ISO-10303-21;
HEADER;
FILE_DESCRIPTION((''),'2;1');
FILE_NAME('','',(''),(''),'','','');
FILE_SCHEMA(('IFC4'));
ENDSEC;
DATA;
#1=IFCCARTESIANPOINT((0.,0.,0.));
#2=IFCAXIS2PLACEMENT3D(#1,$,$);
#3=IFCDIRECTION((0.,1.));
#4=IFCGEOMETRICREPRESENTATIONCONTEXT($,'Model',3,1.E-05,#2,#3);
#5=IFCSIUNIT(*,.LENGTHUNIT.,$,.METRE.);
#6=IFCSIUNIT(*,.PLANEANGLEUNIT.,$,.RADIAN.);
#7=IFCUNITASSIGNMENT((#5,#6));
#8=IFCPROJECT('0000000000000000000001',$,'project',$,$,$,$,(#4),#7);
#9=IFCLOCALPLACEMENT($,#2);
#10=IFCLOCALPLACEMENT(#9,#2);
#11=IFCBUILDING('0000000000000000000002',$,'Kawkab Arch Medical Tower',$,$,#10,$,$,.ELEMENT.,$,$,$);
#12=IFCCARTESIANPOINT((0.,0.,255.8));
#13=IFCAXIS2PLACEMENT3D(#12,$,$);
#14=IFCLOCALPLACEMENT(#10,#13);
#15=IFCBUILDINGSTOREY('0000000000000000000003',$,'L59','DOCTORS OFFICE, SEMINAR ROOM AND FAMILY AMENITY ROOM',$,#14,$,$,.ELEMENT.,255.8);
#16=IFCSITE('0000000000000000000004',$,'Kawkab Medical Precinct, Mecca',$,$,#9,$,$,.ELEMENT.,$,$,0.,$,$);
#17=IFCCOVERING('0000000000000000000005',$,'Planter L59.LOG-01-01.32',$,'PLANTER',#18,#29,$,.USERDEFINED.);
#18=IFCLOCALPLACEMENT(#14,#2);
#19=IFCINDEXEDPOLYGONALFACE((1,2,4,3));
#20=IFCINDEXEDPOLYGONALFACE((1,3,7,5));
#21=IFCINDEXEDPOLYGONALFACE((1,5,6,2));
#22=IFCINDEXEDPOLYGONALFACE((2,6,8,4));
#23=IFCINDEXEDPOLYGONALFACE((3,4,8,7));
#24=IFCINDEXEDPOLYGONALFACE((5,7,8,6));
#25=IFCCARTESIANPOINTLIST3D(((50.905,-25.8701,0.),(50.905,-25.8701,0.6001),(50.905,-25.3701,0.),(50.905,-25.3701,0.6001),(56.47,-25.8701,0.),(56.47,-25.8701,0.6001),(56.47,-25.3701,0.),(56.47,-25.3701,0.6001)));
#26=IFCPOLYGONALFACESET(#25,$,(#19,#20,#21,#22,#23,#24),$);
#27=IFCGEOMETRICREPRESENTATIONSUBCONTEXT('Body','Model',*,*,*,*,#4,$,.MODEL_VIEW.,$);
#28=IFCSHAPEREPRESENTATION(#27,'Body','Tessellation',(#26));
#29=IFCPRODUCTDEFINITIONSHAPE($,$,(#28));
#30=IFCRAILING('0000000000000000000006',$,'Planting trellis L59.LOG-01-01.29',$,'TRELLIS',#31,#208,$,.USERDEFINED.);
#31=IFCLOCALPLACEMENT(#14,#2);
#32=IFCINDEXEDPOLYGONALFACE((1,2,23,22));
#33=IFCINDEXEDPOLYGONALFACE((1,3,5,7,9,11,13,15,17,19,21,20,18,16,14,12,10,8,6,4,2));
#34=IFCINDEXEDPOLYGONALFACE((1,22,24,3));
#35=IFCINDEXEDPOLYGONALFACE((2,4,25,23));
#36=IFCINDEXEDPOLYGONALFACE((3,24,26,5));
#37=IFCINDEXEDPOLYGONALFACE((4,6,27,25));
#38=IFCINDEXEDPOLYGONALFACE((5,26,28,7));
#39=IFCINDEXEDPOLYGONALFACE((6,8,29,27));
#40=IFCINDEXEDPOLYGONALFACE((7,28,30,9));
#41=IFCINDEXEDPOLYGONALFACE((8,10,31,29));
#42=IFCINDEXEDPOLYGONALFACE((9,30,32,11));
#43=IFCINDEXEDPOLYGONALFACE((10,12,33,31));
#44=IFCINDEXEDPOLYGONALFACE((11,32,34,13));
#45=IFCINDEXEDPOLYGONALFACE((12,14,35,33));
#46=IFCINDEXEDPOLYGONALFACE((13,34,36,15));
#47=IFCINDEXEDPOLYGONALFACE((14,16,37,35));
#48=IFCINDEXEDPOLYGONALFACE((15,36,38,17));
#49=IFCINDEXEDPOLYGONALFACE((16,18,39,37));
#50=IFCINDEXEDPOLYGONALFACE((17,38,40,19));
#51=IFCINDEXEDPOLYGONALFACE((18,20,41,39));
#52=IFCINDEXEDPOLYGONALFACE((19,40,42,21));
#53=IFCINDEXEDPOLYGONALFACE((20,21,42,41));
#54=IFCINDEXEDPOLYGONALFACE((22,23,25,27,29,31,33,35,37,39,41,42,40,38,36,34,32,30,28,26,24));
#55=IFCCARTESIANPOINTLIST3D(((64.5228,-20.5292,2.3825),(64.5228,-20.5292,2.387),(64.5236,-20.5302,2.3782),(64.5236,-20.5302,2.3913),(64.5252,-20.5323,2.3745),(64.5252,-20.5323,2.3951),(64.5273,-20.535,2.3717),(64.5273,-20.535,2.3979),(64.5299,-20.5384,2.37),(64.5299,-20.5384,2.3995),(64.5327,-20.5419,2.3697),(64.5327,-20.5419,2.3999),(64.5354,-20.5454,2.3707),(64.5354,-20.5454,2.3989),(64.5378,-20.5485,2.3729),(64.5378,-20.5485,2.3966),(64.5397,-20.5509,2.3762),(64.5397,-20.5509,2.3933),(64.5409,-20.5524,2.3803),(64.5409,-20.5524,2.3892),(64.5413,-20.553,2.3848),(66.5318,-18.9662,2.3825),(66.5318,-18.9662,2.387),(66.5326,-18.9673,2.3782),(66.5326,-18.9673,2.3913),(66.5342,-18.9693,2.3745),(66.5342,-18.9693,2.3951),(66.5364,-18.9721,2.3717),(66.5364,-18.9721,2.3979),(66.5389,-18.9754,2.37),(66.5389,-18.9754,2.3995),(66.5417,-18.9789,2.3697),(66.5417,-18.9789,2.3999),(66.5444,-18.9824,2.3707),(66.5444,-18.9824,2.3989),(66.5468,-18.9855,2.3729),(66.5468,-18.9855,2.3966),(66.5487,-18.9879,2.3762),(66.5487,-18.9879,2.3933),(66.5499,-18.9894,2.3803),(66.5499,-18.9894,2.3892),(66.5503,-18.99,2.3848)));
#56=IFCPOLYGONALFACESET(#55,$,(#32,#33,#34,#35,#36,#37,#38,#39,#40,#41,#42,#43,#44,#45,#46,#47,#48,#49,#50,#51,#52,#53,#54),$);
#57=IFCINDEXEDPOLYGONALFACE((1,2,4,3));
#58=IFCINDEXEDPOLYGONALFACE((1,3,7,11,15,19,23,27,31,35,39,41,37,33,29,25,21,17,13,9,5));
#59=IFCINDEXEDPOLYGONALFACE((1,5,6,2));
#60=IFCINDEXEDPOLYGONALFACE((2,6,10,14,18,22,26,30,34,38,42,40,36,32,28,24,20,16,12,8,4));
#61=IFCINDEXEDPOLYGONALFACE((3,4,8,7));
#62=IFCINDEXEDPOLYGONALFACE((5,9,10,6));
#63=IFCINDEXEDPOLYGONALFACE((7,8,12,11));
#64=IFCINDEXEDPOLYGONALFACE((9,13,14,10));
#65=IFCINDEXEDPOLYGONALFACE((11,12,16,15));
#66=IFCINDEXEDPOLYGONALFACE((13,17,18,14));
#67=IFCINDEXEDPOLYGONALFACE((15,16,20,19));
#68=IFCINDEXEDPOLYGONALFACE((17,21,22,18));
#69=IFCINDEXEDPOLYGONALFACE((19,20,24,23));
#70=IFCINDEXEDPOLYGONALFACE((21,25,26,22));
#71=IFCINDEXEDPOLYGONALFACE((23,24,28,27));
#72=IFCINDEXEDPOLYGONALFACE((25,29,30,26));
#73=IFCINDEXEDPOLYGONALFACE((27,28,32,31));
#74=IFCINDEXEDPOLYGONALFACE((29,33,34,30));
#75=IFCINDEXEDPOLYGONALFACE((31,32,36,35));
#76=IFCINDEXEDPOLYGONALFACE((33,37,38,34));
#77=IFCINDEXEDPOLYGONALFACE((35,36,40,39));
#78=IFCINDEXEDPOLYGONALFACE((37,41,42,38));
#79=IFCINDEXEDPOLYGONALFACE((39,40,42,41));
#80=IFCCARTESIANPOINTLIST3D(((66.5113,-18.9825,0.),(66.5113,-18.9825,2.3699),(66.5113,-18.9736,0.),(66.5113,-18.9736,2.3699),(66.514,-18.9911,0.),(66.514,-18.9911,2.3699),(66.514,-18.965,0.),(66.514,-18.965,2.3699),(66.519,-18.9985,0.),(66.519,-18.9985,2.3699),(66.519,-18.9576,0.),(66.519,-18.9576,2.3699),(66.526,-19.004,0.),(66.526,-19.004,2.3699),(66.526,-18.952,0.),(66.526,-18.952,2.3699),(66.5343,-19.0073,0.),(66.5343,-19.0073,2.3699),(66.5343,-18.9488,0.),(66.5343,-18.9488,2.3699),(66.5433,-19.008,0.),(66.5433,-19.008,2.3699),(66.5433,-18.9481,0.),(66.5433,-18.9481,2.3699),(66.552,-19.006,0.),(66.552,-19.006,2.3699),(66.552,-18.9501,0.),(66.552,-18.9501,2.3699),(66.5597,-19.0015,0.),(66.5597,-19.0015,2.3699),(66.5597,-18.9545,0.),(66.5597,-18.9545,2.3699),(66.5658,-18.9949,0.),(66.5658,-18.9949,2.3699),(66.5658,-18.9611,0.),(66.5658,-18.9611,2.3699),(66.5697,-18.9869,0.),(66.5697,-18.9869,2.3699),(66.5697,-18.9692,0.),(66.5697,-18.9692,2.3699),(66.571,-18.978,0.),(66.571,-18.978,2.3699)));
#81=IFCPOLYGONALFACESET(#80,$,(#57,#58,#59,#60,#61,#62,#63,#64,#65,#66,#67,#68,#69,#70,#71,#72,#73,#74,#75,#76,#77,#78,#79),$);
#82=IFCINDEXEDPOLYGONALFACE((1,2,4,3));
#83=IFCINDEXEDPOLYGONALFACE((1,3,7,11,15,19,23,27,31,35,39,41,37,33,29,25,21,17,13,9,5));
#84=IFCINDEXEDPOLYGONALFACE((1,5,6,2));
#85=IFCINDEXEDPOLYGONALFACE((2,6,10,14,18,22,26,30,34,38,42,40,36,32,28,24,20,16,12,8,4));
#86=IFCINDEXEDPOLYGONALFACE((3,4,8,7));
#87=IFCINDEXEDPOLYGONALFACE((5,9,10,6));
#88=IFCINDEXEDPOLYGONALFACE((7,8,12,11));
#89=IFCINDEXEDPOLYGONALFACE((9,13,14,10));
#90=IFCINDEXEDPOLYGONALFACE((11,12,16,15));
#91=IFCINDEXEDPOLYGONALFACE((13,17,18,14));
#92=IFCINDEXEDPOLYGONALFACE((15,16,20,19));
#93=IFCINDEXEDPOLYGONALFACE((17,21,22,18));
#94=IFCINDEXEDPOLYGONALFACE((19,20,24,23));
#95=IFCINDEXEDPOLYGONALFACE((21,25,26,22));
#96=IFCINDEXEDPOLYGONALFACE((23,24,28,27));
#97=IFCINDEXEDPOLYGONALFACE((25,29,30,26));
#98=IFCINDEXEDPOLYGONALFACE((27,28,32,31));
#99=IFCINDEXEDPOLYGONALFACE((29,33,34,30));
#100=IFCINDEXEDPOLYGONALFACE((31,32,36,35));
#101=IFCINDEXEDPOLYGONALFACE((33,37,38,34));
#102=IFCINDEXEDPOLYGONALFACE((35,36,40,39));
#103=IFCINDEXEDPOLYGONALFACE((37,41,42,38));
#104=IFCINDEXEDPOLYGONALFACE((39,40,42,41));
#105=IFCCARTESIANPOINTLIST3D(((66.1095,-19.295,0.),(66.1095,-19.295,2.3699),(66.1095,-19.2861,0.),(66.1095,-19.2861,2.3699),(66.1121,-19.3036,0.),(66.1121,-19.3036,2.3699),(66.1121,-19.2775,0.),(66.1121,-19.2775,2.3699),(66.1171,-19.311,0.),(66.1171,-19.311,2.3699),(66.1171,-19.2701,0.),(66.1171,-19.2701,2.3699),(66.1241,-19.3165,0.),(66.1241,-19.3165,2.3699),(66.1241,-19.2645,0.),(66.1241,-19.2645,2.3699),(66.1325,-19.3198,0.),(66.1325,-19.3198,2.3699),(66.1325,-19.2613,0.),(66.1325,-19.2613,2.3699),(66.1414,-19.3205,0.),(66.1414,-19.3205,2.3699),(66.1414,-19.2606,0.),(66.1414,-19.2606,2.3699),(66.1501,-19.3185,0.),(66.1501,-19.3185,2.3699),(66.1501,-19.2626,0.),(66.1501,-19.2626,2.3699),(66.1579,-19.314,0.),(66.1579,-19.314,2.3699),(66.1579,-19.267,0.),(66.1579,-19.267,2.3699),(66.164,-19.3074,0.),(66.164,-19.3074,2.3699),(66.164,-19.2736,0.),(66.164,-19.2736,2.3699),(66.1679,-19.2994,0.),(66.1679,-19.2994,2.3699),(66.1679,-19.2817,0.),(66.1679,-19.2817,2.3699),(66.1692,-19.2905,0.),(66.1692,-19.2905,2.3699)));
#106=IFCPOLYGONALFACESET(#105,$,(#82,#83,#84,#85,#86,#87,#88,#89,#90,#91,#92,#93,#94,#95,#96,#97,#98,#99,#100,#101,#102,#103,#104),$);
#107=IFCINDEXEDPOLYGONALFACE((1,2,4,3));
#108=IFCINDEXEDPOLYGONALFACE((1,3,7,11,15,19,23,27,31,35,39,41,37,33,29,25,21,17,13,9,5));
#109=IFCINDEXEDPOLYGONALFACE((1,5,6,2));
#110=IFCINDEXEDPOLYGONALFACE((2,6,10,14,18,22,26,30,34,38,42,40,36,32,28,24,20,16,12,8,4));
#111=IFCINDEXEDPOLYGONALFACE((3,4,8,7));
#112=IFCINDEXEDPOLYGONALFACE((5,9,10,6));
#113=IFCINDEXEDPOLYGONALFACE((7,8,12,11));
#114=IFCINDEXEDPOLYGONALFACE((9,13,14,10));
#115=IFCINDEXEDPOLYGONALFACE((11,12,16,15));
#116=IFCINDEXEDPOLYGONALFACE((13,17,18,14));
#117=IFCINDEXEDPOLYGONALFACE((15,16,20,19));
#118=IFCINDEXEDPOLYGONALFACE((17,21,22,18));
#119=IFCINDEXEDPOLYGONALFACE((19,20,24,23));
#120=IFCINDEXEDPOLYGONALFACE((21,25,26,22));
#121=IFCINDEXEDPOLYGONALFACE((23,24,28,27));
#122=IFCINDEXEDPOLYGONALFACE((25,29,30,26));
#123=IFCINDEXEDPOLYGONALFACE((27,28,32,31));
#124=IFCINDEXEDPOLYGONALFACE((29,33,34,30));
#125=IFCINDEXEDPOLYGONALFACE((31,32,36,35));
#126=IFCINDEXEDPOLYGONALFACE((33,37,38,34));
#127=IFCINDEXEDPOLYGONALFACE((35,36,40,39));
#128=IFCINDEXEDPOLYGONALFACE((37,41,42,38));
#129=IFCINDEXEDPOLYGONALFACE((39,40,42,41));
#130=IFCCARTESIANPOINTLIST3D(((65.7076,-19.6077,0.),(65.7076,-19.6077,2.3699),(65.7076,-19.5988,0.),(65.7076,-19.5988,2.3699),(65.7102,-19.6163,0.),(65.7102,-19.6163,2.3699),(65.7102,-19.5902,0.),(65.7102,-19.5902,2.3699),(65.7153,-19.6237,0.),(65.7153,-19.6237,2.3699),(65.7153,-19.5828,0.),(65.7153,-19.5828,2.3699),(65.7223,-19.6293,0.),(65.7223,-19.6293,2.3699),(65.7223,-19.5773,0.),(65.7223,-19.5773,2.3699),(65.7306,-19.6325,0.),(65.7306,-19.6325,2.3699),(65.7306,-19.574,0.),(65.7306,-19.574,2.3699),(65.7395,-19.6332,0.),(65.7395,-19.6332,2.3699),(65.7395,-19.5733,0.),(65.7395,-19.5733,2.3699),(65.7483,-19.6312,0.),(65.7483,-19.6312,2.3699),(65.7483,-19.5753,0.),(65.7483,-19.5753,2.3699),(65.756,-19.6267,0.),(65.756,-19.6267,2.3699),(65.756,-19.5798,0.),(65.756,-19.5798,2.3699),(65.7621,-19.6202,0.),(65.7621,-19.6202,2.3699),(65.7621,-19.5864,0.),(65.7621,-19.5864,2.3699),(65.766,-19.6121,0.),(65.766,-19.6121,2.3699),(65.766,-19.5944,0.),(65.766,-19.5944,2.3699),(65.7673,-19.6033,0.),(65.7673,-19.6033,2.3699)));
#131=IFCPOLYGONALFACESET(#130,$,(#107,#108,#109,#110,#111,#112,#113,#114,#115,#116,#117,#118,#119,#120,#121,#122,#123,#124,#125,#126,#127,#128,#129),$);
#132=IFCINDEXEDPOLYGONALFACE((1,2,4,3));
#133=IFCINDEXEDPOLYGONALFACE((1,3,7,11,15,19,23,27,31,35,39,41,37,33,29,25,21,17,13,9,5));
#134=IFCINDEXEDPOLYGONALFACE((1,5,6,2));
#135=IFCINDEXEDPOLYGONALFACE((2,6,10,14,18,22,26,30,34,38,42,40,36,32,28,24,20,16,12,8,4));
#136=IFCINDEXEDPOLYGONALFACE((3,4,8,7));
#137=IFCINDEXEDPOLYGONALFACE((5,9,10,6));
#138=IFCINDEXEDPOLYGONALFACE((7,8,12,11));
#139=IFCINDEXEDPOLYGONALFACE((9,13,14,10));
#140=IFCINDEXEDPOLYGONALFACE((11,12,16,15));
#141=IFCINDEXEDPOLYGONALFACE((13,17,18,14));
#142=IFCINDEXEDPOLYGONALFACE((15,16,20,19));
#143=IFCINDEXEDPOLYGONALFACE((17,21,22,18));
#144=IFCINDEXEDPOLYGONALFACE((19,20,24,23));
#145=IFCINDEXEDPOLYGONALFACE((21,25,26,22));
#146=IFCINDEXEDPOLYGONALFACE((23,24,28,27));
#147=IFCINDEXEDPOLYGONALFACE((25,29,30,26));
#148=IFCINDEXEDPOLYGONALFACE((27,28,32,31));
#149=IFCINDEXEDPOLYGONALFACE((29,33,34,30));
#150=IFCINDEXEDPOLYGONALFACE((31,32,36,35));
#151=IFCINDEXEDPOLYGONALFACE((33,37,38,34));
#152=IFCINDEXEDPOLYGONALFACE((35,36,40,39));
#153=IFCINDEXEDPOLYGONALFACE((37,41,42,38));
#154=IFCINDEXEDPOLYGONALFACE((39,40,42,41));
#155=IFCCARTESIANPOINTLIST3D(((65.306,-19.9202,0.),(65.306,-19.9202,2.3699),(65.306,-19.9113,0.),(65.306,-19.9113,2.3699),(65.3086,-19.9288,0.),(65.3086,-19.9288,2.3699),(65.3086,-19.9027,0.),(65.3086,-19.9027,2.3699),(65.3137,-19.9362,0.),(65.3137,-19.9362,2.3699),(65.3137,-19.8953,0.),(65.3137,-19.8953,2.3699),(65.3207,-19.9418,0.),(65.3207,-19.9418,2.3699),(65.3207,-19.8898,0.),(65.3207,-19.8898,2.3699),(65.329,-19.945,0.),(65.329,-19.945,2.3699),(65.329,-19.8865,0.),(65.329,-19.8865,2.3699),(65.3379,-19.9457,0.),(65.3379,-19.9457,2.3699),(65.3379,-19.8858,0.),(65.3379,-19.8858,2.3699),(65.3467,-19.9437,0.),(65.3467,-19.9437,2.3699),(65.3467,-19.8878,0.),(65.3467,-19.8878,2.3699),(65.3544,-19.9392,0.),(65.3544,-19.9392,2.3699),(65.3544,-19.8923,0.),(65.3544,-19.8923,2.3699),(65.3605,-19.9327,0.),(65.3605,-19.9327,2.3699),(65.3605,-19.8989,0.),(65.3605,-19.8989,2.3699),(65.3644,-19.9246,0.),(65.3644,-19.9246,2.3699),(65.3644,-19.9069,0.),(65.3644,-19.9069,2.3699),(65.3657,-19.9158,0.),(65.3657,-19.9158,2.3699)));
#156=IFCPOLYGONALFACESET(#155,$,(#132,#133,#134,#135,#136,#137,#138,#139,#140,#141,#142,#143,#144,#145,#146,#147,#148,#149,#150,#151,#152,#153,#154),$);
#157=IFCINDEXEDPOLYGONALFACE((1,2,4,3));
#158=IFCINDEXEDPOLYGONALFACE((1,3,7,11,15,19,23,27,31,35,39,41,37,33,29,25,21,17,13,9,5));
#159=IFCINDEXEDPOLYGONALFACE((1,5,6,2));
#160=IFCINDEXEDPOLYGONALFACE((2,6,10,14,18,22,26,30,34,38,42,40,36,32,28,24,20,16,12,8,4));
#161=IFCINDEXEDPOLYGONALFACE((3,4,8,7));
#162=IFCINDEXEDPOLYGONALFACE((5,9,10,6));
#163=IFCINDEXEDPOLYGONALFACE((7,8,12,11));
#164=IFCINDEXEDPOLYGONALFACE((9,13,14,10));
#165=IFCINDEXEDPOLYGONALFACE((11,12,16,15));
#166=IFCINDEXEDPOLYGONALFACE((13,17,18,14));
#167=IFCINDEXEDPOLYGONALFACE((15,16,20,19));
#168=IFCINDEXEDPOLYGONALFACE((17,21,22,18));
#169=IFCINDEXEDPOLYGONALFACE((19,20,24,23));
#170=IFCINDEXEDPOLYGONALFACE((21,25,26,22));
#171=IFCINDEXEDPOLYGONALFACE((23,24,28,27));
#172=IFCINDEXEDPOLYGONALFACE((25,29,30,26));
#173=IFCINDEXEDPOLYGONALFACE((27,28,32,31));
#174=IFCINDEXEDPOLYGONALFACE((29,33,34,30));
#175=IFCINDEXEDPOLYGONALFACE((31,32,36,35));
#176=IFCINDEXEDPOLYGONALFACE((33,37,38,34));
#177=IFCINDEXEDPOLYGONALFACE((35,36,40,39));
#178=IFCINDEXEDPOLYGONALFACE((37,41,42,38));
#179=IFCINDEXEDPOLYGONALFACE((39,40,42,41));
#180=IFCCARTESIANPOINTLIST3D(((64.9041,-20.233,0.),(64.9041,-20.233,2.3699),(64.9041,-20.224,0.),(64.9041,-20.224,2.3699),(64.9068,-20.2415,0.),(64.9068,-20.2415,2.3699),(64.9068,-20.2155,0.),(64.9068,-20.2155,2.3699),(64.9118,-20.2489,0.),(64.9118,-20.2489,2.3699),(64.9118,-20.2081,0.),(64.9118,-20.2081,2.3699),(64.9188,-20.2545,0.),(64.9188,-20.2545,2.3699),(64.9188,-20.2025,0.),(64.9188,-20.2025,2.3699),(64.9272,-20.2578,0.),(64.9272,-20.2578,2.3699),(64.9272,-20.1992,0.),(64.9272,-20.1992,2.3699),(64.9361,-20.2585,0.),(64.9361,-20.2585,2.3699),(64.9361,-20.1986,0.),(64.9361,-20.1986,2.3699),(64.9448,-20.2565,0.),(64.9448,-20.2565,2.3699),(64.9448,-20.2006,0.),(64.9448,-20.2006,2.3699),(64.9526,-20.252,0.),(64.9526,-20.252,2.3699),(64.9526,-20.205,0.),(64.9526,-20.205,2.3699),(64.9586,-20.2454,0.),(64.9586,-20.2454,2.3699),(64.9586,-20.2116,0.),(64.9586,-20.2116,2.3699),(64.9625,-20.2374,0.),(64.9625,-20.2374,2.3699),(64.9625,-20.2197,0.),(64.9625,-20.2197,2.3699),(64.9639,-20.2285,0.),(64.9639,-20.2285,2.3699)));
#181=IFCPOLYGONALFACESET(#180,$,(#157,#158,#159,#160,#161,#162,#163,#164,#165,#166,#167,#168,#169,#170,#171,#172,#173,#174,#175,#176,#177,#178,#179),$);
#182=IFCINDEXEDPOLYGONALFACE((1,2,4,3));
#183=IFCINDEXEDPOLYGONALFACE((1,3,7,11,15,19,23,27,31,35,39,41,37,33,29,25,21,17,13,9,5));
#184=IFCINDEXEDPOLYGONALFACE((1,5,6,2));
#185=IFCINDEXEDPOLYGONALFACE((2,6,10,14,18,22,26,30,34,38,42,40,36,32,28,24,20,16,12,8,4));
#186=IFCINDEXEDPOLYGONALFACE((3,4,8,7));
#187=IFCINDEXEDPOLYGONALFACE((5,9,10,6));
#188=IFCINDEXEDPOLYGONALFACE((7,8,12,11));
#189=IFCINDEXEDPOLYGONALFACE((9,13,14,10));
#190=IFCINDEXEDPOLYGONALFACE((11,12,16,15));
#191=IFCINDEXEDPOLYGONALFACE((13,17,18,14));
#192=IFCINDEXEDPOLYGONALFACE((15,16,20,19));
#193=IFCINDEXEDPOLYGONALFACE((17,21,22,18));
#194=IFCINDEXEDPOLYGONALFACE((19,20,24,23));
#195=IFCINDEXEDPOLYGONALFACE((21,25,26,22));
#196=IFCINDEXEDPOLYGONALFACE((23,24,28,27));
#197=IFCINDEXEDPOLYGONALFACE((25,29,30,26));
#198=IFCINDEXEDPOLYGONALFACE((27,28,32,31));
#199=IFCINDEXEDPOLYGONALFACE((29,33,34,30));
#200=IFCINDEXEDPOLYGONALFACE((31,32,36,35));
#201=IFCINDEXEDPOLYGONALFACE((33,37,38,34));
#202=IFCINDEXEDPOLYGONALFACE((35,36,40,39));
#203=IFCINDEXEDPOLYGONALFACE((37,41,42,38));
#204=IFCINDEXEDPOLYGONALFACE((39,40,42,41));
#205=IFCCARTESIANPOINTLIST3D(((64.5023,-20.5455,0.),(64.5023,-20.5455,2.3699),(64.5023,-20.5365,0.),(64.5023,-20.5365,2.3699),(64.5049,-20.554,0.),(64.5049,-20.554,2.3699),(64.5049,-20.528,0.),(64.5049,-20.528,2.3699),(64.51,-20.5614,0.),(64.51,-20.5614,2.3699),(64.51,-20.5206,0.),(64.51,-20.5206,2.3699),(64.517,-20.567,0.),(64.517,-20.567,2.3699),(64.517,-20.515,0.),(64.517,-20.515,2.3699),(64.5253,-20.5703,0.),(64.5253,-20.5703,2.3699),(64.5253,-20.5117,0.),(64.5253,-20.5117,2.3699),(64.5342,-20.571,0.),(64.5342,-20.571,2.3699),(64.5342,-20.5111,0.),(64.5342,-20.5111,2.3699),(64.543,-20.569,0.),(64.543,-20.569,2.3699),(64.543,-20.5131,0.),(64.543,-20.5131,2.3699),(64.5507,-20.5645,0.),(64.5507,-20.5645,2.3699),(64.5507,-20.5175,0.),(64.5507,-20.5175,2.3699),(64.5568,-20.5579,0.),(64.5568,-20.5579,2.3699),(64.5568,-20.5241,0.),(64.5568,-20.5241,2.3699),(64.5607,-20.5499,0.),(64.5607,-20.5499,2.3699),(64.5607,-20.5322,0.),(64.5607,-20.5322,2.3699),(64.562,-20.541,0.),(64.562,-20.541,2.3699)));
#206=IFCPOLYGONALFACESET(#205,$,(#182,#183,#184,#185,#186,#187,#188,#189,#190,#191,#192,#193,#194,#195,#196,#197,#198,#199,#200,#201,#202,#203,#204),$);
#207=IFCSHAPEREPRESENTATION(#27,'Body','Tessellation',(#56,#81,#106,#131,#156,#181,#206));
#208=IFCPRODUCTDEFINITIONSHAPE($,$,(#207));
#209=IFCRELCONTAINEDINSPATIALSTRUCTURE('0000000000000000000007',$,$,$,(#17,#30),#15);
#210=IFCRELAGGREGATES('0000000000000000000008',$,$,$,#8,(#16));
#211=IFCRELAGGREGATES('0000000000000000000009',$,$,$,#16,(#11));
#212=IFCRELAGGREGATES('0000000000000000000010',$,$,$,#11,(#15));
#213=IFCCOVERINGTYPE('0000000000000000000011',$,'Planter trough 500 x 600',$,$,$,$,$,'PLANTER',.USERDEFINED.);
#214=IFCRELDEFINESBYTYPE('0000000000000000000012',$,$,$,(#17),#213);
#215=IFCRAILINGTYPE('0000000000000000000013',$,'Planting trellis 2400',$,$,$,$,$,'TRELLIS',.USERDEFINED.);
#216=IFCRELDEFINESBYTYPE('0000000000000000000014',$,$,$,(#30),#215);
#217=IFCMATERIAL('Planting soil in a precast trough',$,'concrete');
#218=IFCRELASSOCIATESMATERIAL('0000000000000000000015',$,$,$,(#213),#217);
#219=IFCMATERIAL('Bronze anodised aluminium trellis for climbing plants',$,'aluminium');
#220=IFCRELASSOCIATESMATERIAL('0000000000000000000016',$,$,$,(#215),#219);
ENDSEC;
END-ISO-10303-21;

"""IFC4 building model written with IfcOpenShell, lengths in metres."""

from ifc_helpers import new_model, si_unit, direction, frame, origin, origin_2d, place, context, subcontext, project, spatial, rectangle, circle, extrude, material, material_profile, profile_set, type_object, element, save


model = new_model("IFC4")

# Units and contexts
model_context = context("Model", 3, precision=1e-05, world=origin(), true_north=direction((0.0, 1.0)))
body_context = subcontext(model_context, "Body", "Model", "MODEL_VIEW")
ifc_project = project(units=[si_unit("LENGTHUNIT", "METRE"), si_unit("PLANEANGLEUNIT", "RADIAN")], contexts=[model_context])

# Site, building, storey
site_placement = place(None, origin())
site = spatial("IfcSite", under=ifc_project, at=site_placement, Name="Kawkab Medical Precinct, Mecca", CompositionType="ELEMENT", RefElevation=0.0)
building_placement = place(site_placement, origin())
building = spatial("IfcBuilding", under=site, at=building_placement, Name="Kawkab Arch Medical Tower", CompositionType="ELEMENT")
storey_placement = place(building_placement, frame((0.0, 0.0, 255.8)))
storey = spatial("IfcBuildingStorey", under=building, at=storey_placement, Name="L59", Description="DOCTORS OFFICE, SEMINAR ROOM AND FAMILY AMENITY ROOM", CompositionType="ELEMENT", Elevation=255.8)

# Covering
ifc_material_1 = material(Name="Planting soil in a precast trough", Category="concrete")
ifc_material_profile_1 = material_profile(ifc_material_1, rectangle(XDim=0.5, YDim=0.6001, at=origin_2d()), Name="Trough 500x600")
ifc_profile_set_1 = profile_set([ifc_material_profile_1], Name="Planting soil in a precast trough")
covering_type_1 = type_object("IfcCoveringType", Name="Planter trough 500 x 600", ElementType="PLANTER", PredefinedType="USERDEFINED", material=ifc_profile_set_1)
covering_1_placement = place(storey_placement, frame((56.47, -25.6201, 0.3), z_axis=(-1.0, 0.0, 0.0), x_axis=(0.0, -1.0, 0.0)))
element("IfcCovering", 1, at=covering_1_placement, inside=storey, type_object=covering_type_1, Name="Planter L59.LOG-01-01.32", ObjectType="PLANTER", PredefinedType="USERDEFINED", context=body_context, shape_type="SweptSolid", body=[
    extrude(rectangle(XDim=0.5, YDim=0.6001, at=origin_2d()), origin(), (0.0, 0.0, 1.0), 5.5649),
])

# Railing
ifc_material_2 = material(Name="Bronze anodised aluminium trellis for climbing plants", Category="aluminium")
railing_type = type_object("IfcRailingType", Name="Planting trellis 2400", ElementType="TRELLIS", PredefinedType="USERDEFINED", material=ifc_material_2)
railing_1_placement = place(storey_placement, frame((66.541, -18.978, 0.0)))
element("IfcRailing", 2, at=railing_1_placement, inside=storey, type_object=railing_type, Name="Planting trellis L59.LOG-01-01.29", ObjectType="TRELLIS", PredefinedType="USERDEFINED", context=body_context, shape_type="SweptSolid", body=[
    extrude(circle(Radius=0.0151, at=origin_2d()), frame((0.0, 0.0, 2.3848), z_axis=(-0.789275, -0.61404, 0.0), x_axis=(0.61404, -0.789275, 0.0)), (0.0, 0.0, 1.0), 2.5454),
    extrude(circle(Radius=0.03, at=origin_2d()), origin(), (0.0, 0.0, 1.0), 2.3699),
    extrude(circle(Radius=0.03, at=origin_2d()), frame((-0.4019, -0.3125, 0.0)), (0.0, 0.0, 1.0), 2.3699),
    extrude(circle(Radius=0.03, at=origin_2d()), frame((-0.8037, -0.6252, 0.0)), (0.0, 0.0, 1.0), 2.3699),
    extrude(circle(Radius=0.03, at=origin_2d()), frame((-1.2053, -0.9377, 0.0)), (0.0, 0.0, 1.0), 2.3699),
    extrude(circle(Radius=0.03, at=origin_2d()), frame((-1.6072, -1.2505, 0.0)), (0.0, 0.0, 1.0), 2.3699),
    extrude(circle(Radius=0.03, at=origin_2d()), frame((-2.009, -1.563, 0.0)), (0.0, 0.0, 1.0), 2.3699),
])

save(model, "model.ifc")
